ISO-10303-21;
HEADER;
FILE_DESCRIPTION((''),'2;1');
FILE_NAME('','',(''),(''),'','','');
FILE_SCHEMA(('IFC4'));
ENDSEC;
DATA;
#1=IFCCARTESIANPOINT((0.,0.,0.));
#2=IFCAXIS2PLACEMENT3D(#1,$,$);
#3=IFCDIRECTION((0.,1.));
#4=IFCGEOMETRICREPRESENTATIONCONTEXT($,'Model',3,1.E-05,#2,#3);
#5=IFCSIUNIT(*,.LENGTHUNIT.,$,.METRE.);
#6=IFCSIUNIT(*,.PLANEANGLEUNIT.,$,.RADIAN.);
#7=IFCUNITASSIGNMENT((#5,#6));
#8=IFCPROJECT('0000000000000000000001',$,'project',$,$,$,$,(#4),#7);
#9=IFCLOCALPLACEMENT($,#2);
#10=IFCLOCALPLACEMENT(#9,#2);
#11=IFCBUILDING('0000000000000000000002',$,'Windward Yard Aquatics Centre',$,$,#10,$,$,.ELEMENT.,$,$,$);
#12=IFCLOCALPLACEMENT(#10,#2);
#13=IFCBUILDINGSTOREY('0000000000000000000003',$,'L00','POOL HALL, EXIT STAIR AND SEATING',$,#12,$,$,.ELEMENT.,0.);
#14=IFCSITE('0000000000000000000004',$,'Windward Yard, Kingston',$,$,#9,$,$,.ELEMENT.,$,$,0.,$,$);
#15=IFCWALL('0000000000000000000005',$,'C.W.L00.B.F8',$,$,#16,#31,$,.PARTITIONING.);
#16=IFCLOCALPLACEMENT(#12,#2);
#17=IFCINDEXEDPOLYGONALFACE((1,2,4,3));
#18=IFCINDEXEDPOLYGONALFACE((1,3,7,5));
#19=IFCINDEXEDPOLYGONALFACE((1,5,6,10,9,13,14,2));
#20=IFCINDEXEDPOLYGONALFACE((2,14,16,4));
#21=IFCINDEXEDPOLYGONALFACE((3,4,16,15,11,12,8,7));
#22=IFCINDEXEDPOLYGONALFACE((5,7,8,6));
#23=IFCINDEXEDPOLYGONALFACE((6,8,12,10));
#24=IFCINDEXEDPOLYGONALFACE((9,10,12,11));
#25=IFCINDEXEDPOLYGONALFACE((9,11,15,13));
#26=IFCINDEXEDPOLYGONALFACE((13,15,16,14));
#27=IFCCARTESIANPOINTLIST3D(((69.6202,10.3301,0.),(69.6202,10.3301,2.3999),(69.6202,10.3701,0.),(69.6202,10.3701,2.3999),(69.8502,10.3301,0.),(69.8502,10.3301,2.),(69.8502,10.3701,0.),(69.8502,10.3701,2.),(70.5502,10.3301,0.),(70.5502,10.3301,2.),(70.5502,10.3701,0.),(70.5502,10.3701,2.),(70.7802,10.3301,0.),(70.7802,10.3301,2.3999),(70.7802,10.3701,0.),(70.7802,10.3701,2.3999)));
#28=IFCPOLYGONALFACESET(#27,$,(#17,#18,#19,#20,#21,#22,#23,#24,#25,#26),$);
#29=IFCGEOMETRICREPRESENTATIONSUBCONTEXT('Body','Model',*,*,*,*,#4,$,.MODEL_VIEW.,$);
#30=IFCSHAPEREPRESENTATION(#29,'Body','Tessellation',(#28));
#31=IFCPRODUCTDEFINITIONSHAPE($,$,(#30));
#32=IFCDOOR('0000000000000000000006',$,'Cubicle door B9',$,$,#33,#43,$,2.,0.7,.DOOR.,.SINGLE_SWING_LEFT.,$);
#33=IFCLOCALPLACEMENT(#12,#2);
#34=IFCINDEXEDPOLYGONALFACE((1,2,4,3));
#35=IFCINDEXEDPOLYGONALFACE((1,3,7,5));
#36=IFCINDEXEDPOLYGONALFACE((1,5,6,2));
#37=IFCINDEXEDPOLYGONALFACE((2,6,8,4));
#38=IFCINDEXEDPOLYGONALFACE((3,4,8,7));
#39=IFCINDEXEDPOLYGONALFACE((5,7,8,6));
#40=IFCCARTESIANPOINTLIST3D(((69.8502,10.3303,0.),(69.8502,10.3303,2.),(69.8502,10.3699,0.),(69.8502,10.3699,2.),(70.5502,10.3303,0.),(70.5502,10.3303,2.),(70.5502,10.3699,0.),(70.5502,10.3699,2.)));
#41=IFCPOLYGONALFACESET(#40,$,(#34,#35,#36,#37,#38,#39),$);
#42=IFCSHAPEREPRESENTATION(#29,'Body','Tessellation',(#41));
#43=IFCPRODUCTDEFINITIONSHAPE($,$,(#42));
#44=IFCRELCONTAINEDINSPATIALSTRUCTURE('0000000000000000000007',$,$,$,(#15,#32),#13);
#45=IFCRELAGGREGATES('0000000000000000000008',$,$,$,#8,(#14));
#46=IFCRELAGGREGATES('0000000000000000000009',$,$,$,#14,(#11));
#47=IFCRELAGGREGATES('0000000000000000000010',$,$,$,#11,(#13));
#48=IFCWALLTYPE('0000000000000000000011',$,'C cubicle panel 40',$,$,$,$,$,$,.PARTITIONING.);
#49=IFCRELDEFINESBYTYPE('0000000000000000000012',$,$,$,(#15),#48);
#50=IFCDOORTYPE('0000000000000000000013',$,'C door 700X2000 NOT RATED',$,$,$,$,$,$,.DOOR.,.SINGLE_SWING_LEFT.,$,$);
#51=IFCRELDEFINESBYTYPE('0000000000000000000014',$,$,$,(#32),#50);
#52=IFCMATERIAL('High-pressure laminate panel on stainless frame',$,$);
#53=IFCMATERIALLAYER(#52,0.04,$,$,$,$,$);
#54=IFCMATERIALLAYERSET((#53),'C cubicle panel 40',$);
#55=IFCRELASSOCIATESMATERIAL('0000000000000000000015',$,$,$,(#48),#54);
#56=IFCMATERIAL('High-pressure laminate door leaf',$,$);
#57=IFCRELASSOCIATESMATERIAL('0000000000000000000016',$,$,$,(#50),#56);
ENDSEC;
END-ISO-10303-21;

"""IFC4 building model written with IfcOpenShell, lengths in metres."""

from ifc_helpers import new_model, si_unit, direction, frame, frame_2d, origin, place, context, subcontext, project, spatial, rectangle, extrude, material, layer, layer_set, type_object, element, fill, save


model = new_model("IFC4")

# Units and contexts
model_context = context("Model", 3, precision=1e-05, world=origin(), true_north=direction((0.0, 1.0)))
body_context = subcontext(model_context, "Body", "Model", "MODEL_VIEW")
ifc_project = project(units=[si_unit("LENGTHUNIT", "METRE"), si_unit("PLANEANGLEUNIT", "RADIAN")], contexts=[model_context])

# Site, building, storey
site_placement = place(None, origin())
site = spatial("IfcSite", under=ifc_project, at=site_placement, Name="Windward Yard, Kingston", CompositionType="ELEMENT", RefElevation=0.0)
building_placement = place(site_placement, origin())
building = spatial("IfcBuilding", under=site, at=building_placement, Name="Windward Yard Aquatics Centre", CompositionType="ELEMENT")
storey_placement = place(building_placement, origin())
storey = spatial("IfcBuildingStorey", under=building, at=storey_placement, Name="L00", Description="POOL HALL, EXIT STAIR AND SEATING", CompositionType="ELEMENT", Elevation=0.0)

# Shared definitions
ifc_material_1 = material(Name="High-pressure laminate panel on stainless frame")
ifc_layer = layer(ifc_material_1, 0.04)
ifc_layer_set = layer_set([ifc_layer], Name="C cubicle panel 40")
wall_type = type_object("IfcWallType", Name="C cubicle panel 40", PredefinedType="PARTITIONING", material=ifc_layer_set)

# Wall, opening, door
ifc_material_2 = material(Name="High-pressure laminate door leaf")
door_type = type_object("IfcDoorType", Name="C door 700X2000 NOT RATED", OperationType="SINGLE_SWING_LEFT", PredefinedType="DOOR", material=ifc_material_2)
wall_1_placement = place(storey_placement, frame((69.6201, 10.3501, 0.0), z_axis=(0.0, 0.0, 1.0), x_axis=(1.0, 0.0, 0.0)))
wall_1 = element("IfcWall", 1, at=wall_1_placement, inside=storey, type_object=wall_type, Name="C.W.L00.B.F8", PredefinedType="PARTITIONING", context=body_context, shape_type="SweptSolid", body=[
    extrude(rectangle(XDim=1.1599, YDim=0.04, at=frame_2d((0.5801, 0.0))), origin(), (0.0, 0.0, 1.0), 2.3999),
])
opening_1_placement = place(wall_1_placement, frame((0.23, 0.0, 0.0)))
opening_1 = element("IfcOpeningElement", 2, at=opening_1_placement, cuts=wall_1, PredefinedType="OPENING", context=body_context, shape_type="SweptSolid", body=[
    extrude(rectangle(XDim=0.7, YDim=2.0, at=frame_2d((0.3501, 1.0))), frame((0.0, 0.03, 0.0), z_axis=(0.0, -1.0, 0.0), x_axis=(1.0, 0.0, 0.0)), (0.0, 0.0, 1.0), 0.0601),
])
door_1_placement = place(opening_1_placement, origin())
door_1 = element("IfcDoor", 3, at=door_1_placement, inside=storey, type_object=door_type, Name="Cubicle door B9", OperationType="SINGLE_SWING_LEFT", OverallHeight=2.0, OverallWidth=0.7, PredefinedType="DOOR", context=body_context, shape_type="SweptSolid", body=[
    extrude(rectangle(XDim=0.7, YDim=2.0, at=frame_2d((0.3501, 1.0))), frame((0.0, 0.0198, 0.0), z_axis=(0.0, -1.0, 0.0), x_axis=(1.0, 0.0, 0.0)), (0.0, 0.0, 1.0), 0.0396),
])
fill(opening_1, door_1)

save(model, "model.ifc")
